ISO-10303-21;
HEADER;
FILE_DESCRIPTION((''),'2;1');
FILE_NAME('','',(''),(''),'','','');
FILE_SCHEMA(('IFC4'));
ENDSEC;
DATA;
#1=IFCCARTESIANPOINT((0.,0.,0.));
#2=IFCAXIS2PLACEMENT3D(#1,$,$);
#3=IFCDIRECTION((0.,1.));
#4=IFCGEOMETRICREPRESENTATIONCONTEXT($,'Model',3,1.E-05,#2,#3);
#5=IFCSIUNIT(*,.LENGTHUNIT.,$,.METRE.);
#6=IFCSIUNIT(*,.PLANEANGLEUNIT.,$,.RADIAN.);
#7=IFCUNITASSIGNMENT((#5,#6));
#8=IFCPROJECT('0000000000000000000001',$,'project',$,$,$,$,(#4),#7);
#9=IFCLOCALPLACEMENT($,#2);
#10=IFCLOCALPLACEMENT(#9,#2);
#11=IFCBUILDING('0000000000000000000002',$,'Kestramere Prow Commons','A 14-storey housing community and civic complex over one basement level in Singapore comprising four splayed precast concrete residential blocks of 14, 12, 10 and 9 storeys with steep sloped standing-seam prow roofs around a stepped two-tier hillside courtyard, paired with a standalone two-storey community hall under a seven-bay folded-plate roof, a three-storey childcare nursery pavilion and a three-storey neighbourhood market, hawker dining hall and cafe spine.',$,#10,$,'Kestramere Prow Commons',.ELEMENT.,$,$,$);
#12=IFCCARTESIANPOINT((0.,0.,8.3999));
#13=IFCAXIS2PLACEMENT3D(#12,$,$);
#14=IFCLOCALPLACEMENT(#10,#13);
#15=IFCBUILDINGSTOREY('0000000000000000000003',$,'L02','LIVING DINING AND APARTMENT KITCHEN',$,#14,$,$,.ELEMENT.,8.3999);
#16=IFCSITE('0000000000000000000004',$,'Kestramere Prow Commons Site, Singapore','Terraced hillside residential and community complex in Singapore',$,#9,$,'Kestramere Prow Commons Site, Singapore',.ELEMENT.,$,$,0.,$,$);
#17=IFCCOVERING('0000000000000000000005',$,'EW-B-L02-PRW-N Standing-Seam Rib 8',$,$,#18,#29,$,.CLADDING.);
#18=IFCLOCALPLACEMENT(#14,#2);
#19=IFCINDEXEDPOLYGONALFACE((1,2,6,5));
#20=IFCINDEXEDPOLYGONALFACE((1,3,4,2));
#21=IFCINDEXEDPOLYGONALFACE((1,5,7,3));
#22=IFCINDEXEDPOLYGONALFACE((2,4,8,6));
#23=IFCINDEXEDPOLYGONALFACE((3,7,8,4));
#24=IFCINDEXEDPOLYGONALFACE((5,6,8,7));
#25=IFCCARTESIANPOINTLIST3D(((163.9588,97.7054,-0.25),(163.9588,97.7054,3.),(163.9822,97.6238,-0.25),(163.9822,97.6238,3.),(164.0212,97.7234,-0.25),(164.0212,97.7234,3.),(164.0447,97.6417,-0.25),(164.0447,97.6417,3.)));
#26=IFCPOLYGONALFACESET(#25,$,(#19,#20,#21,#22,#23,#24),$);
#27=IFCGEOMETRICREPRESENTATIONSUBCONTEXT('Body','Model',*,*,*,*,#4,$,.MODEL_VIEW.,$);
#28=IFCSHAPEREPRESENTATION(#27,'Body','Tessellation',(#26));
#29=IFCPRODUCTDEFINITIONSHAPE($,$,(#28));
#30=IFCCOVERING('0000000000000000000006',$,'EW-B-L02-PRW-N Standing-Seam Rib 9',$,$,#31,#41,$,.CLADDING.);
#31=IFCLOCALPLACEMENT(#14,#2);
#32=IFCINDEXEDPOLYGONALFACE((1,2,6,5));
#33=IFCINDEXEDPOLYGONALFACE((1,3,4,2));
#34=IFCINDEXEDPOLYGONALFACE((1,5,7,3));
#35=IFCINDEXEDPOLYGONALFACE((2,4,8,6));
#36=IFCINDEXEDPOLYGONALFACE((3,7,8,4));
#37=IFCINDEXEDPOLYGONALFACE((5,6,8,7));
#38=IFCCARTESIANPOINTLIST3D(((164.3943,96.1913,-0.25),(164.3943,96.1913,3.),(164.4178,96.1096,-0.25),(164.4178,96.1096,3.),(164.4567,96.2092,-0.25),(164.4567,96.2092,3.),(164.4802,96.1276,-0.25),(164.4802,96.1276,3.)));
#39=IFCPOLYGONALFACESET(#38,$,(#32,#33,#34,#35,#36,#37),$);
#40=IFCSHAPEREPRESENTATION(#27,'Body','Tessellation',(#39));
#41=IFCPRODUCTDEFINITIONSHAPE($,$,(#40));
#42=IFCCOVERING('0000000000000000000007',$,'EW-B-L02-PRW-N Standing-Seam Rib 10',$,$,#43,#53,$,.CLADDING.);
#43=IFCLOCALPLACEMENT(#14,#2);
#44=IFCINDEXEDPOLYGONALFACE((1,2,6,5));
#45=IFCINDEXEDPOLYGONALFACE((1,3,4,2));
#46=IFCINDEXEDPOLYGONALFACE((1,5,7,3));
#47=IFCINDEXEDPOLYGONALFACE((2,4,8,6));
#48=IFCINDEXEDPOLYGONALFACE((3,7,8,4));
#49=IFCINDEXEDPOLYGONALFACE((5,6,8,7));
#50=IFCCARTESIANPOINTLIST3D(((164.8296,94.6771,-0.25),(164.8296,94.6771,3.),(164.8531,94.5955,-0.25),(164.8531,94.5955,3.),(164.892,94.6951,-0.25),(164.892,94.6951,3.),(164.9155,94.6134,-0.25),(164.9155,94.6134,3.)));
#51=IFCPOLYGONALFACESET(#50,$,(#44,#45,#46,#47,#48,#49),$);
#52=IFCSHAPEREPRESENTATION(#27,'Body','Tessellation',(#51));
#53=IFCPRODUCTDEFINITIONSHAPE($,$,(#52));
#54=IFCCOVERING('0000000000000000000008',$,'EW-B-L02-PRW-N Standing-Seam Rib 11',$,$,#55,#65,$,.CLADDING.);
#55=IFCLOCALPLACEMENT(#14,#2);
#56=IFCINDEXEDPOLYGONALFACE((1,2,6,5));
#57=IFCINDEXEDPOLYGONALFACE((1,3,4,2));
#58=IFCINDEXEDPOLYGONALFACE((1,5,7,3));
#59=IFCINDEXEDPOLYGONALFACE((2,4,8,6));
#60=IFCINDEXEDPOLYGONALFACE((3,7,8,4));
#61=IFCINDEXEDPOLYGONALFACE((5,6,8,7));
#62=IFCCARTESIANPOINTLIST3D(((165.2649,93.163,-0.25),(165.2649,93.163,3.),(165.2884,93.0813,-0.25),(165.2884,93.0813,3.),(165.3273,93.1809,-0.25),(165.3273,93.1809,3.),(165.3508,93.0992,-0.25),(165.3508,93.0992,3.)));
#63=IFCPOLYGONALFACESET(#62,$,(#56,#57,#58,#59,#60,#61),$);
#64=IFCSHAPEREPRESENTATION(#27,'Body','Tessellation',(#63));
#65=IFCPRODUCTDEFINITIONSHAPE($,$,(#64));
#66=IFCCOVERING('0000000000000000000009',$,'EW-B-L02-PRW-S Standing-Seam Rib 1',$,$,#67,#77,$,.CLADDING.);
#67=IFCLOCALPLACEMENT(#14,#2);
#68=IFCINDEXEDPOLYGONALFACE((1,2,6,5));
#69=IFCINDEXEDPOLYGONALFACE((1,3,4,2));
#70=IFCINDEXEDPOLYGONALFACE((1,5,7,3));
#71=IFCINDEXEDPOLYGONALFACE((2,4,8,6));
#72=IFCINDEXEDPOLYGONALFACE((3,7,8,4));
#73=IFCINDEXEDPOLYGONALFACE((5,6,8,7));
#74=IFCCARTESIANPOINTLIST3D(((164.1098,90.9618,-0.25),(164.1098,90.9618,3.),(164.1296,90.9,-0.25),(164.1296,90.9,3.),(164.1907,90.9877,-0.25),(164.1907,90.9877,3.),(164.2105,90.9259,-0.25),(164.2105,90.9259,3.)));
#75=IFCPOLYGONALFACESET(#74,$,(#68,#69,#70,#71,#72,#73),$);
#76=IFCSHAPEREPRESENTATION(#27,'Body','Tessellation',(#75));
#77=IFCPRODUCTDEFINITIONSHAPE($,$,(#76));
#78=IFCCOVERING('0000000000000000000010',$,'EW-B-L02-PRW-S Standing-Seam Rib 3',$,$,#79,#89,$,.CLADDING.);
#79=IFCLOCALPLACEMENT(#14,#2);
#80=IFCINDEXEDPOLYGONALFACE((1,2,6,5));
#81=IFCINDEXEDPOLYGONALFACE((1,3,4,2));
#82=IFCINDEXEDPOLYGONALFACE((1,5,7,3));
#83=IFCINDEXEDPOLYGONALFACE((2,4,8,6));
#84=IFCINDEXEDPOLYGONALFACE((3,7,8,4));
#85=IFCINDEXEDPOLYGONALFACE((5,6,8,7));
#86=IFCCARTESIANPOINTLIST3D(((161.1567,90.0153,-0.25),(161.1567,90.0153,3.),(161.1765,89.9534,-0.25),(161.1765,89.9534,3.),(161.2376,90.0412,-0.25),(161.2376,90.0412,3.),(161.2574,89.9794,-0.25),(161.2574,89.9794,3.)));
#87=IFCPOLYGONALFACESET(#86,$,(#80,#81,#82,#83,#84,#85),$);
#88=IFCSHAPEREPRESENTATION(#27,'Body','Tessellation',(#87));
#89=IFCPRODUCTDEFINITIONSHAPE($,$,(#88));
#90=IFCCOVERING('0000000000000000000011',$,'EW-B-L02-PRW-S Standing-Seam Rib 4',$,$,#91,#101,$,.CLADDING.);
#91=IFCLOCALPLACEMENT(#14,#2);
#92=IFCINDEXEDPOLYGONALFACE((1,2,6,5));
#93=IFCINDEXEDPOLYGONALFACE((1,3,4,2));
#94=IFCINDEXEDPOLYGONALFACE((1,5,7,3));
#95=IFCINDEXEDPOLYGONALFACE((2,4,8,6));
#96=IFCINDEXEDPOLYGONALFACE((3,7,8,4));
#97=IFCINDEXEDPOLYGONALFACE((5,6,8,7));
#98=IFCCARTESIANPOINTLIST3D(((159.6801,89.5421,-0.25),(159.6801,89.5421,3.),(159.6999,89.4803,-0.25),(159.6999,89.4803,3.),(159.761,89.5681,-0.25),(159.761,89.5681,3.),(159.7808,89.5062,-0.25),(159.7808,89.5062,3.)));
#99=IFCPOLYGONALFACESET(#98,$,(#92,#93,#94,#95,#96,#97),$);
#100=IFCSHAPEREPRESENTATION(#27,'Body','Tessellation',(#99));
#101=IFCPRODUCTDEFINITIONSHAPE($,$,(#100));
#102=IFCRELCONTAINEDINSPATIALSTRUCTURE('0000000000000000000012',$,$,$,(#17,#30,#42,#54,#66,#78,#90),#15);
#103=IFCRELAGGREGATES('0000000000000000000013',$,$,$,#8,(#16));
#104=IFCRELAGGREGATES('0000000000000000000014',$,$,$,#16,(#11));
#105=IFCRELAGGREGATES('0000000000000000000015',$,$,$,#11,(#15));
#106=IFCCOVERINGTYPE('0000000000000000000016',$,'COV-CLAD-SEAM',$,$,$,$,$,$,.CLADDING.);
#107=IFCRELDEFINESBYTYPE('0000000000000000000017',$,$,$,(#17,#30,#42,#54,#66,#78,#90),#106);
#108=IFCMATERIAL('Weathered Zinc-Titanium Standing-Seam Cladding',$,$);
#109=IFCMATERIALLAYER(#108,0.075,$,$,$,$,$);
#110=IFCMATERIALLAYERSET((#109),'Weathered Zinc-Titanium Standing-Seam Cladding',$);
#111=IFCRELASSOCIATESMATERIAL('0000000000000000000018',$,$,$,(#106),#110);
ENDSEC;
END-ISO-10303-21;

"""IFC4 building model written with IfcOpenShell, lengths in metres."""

from ifc_helpers import new_model, si_unit, direction, frame, origin, origin_2d, place, context, subcontext, project, spatial, rectangle, extrude, material, layer, layer_set, type_object, element, save


model = new_model("IFC4")

# Units and contexts
model_context = context("Model", 3, precision=1e-05, world=origin(), true_north=direction((0.0, 1.0)))
body_context = subcontext(model_context, "Body", "Model", "MODEL_VIEW")
ifc_project = project(units=[si_unit("LENGTHUNIT", "METRE"), si_unit("PLANEANGLEUNIT", "RADIAN")], contexts=[model_context])

# Site, building, storey
site_placement = place(None, origin())
site = spatial("IfcSite", under=ifc_project, at=site_placement, Name="Kestramere Prow Commons Site, Singapore", Description="Terraced hillside residential and community complex in Singapore", LongName="Kestramere Prow Commons Site, Singapore", CompositionType="ELEMENT", RefElevation=0.0)
building_placement = place(site_placement, origin())
building = spatial("IfcBuilding", under=site, at=building_placement, Name="Kestramere Prow Commons", Description="A 14-storey housing community and civic complex over one basement level in Singapore comprising four splayed precast concrete residential blocks of 14, 12, 10 and 9 storeys with steep sloped standing-seam prow roofs around a stepped two-tier hillside courtyard, paired with a standalone two-storey community hall under a seven-bay folded-plate roof, a three-storey childcare nursery pavilion and a three-storey neighbourhood market, hawker dining hall and cafe spine.", LongName="Kestramere Prow Commons", CompositionType="ELEMENT")
storey_placement = place(building_placement, frame((0.0, 0.0, 8.3999)))
storey = spatial("IfcBuildingStorey", under=building, at=storey_placement, Name="L02", Description="LIVING DINING AND APARTMENT KITCHEN", CompositionType="ELEMENT", Elevation=8.3999)

# Shared definitions
ifc_material_1 = material(Name="Weathered Zinc-Titanium Standing-Seam Cladding")

# Coverings
ifc_layer_1 = layer(ifc_material_1, 0.075)
ifc_layer_set_1 = layer_set([ifc_layer_1], Name="Weathered Zinc-Titanium Standing-Seam Cladding")
covering_type = type_object("IfcCoveringType", Name="COV-CLAD-SEAM", PredefinedType="CLADDING", material=ifc_layer_set_1)
for number, where, z_axis, x_axis, name in (
    (1, (164.0017, 97.6736, -0.25), (0.0, 0.0, 1.0), (0.276318, -0.961066, 0.0), "EW-B-L02-PRW-N Standing-Seam Rib 8"),
    (2, (164.4373, 96.1594, -0.25), (0.0, 0.0, 1.0), (0.276318, -0.961066, 0.0), "EW-B-L02-PRW-N Standing-Seam Rib 9"),
    (3, (164.8726, 94.6453, -0.25), (0.0, 0.0, 1.0), (0.276318, -0.961066, 0.0), "EW-B-L02-PRW-N Standing-Seam Rib 10"),
    (4, (165.3079, 93.1311, -0.25), (0.0, 0.0, 1.0), (0.276318, -0.961066, 0.0), "EW-B-L02-PRW-N Standing-Seam Rib 11"),
    (5, (164.1602, 90.9438, -0.25), (0.0, 0.0, 1.0), (-0.952283, -0.305215, 0.0), "EW-B-L02-PRW-S Standing-Seam Rib 1"),
    (6, (161.207, 89.9973, -0.25), (0.0, 0.0, 1.0), (-0.952283, -0.305215, 0.0), "EW-B-L02-PRW-S Standing-Seam Rib 3"),
    (7, (159.7305, 89.5242, -0.25), (0.0, 0.0, 1.0), (-0.952283, -0.305215, 0.0), "EW-B-L02-PRW-S Standing-Seam Rib 4"),
):
    element("IfcCovering", number, at=place(storey_placement, frame(where, z_axis=z_axis, x_axis=x_axis)), inside=storey, type_object=covering_type, Name=name, PredefinedType="CLADDING", context=body_context, shape_type="SweptSolid", body=[
        extrude(rectangle(XDim=0.085, YDim=0.0649, at=origin_2d()), origin(), (0.0, 0.0, 1.0), 3.25),
    ])

save(model, "model.ifc")
